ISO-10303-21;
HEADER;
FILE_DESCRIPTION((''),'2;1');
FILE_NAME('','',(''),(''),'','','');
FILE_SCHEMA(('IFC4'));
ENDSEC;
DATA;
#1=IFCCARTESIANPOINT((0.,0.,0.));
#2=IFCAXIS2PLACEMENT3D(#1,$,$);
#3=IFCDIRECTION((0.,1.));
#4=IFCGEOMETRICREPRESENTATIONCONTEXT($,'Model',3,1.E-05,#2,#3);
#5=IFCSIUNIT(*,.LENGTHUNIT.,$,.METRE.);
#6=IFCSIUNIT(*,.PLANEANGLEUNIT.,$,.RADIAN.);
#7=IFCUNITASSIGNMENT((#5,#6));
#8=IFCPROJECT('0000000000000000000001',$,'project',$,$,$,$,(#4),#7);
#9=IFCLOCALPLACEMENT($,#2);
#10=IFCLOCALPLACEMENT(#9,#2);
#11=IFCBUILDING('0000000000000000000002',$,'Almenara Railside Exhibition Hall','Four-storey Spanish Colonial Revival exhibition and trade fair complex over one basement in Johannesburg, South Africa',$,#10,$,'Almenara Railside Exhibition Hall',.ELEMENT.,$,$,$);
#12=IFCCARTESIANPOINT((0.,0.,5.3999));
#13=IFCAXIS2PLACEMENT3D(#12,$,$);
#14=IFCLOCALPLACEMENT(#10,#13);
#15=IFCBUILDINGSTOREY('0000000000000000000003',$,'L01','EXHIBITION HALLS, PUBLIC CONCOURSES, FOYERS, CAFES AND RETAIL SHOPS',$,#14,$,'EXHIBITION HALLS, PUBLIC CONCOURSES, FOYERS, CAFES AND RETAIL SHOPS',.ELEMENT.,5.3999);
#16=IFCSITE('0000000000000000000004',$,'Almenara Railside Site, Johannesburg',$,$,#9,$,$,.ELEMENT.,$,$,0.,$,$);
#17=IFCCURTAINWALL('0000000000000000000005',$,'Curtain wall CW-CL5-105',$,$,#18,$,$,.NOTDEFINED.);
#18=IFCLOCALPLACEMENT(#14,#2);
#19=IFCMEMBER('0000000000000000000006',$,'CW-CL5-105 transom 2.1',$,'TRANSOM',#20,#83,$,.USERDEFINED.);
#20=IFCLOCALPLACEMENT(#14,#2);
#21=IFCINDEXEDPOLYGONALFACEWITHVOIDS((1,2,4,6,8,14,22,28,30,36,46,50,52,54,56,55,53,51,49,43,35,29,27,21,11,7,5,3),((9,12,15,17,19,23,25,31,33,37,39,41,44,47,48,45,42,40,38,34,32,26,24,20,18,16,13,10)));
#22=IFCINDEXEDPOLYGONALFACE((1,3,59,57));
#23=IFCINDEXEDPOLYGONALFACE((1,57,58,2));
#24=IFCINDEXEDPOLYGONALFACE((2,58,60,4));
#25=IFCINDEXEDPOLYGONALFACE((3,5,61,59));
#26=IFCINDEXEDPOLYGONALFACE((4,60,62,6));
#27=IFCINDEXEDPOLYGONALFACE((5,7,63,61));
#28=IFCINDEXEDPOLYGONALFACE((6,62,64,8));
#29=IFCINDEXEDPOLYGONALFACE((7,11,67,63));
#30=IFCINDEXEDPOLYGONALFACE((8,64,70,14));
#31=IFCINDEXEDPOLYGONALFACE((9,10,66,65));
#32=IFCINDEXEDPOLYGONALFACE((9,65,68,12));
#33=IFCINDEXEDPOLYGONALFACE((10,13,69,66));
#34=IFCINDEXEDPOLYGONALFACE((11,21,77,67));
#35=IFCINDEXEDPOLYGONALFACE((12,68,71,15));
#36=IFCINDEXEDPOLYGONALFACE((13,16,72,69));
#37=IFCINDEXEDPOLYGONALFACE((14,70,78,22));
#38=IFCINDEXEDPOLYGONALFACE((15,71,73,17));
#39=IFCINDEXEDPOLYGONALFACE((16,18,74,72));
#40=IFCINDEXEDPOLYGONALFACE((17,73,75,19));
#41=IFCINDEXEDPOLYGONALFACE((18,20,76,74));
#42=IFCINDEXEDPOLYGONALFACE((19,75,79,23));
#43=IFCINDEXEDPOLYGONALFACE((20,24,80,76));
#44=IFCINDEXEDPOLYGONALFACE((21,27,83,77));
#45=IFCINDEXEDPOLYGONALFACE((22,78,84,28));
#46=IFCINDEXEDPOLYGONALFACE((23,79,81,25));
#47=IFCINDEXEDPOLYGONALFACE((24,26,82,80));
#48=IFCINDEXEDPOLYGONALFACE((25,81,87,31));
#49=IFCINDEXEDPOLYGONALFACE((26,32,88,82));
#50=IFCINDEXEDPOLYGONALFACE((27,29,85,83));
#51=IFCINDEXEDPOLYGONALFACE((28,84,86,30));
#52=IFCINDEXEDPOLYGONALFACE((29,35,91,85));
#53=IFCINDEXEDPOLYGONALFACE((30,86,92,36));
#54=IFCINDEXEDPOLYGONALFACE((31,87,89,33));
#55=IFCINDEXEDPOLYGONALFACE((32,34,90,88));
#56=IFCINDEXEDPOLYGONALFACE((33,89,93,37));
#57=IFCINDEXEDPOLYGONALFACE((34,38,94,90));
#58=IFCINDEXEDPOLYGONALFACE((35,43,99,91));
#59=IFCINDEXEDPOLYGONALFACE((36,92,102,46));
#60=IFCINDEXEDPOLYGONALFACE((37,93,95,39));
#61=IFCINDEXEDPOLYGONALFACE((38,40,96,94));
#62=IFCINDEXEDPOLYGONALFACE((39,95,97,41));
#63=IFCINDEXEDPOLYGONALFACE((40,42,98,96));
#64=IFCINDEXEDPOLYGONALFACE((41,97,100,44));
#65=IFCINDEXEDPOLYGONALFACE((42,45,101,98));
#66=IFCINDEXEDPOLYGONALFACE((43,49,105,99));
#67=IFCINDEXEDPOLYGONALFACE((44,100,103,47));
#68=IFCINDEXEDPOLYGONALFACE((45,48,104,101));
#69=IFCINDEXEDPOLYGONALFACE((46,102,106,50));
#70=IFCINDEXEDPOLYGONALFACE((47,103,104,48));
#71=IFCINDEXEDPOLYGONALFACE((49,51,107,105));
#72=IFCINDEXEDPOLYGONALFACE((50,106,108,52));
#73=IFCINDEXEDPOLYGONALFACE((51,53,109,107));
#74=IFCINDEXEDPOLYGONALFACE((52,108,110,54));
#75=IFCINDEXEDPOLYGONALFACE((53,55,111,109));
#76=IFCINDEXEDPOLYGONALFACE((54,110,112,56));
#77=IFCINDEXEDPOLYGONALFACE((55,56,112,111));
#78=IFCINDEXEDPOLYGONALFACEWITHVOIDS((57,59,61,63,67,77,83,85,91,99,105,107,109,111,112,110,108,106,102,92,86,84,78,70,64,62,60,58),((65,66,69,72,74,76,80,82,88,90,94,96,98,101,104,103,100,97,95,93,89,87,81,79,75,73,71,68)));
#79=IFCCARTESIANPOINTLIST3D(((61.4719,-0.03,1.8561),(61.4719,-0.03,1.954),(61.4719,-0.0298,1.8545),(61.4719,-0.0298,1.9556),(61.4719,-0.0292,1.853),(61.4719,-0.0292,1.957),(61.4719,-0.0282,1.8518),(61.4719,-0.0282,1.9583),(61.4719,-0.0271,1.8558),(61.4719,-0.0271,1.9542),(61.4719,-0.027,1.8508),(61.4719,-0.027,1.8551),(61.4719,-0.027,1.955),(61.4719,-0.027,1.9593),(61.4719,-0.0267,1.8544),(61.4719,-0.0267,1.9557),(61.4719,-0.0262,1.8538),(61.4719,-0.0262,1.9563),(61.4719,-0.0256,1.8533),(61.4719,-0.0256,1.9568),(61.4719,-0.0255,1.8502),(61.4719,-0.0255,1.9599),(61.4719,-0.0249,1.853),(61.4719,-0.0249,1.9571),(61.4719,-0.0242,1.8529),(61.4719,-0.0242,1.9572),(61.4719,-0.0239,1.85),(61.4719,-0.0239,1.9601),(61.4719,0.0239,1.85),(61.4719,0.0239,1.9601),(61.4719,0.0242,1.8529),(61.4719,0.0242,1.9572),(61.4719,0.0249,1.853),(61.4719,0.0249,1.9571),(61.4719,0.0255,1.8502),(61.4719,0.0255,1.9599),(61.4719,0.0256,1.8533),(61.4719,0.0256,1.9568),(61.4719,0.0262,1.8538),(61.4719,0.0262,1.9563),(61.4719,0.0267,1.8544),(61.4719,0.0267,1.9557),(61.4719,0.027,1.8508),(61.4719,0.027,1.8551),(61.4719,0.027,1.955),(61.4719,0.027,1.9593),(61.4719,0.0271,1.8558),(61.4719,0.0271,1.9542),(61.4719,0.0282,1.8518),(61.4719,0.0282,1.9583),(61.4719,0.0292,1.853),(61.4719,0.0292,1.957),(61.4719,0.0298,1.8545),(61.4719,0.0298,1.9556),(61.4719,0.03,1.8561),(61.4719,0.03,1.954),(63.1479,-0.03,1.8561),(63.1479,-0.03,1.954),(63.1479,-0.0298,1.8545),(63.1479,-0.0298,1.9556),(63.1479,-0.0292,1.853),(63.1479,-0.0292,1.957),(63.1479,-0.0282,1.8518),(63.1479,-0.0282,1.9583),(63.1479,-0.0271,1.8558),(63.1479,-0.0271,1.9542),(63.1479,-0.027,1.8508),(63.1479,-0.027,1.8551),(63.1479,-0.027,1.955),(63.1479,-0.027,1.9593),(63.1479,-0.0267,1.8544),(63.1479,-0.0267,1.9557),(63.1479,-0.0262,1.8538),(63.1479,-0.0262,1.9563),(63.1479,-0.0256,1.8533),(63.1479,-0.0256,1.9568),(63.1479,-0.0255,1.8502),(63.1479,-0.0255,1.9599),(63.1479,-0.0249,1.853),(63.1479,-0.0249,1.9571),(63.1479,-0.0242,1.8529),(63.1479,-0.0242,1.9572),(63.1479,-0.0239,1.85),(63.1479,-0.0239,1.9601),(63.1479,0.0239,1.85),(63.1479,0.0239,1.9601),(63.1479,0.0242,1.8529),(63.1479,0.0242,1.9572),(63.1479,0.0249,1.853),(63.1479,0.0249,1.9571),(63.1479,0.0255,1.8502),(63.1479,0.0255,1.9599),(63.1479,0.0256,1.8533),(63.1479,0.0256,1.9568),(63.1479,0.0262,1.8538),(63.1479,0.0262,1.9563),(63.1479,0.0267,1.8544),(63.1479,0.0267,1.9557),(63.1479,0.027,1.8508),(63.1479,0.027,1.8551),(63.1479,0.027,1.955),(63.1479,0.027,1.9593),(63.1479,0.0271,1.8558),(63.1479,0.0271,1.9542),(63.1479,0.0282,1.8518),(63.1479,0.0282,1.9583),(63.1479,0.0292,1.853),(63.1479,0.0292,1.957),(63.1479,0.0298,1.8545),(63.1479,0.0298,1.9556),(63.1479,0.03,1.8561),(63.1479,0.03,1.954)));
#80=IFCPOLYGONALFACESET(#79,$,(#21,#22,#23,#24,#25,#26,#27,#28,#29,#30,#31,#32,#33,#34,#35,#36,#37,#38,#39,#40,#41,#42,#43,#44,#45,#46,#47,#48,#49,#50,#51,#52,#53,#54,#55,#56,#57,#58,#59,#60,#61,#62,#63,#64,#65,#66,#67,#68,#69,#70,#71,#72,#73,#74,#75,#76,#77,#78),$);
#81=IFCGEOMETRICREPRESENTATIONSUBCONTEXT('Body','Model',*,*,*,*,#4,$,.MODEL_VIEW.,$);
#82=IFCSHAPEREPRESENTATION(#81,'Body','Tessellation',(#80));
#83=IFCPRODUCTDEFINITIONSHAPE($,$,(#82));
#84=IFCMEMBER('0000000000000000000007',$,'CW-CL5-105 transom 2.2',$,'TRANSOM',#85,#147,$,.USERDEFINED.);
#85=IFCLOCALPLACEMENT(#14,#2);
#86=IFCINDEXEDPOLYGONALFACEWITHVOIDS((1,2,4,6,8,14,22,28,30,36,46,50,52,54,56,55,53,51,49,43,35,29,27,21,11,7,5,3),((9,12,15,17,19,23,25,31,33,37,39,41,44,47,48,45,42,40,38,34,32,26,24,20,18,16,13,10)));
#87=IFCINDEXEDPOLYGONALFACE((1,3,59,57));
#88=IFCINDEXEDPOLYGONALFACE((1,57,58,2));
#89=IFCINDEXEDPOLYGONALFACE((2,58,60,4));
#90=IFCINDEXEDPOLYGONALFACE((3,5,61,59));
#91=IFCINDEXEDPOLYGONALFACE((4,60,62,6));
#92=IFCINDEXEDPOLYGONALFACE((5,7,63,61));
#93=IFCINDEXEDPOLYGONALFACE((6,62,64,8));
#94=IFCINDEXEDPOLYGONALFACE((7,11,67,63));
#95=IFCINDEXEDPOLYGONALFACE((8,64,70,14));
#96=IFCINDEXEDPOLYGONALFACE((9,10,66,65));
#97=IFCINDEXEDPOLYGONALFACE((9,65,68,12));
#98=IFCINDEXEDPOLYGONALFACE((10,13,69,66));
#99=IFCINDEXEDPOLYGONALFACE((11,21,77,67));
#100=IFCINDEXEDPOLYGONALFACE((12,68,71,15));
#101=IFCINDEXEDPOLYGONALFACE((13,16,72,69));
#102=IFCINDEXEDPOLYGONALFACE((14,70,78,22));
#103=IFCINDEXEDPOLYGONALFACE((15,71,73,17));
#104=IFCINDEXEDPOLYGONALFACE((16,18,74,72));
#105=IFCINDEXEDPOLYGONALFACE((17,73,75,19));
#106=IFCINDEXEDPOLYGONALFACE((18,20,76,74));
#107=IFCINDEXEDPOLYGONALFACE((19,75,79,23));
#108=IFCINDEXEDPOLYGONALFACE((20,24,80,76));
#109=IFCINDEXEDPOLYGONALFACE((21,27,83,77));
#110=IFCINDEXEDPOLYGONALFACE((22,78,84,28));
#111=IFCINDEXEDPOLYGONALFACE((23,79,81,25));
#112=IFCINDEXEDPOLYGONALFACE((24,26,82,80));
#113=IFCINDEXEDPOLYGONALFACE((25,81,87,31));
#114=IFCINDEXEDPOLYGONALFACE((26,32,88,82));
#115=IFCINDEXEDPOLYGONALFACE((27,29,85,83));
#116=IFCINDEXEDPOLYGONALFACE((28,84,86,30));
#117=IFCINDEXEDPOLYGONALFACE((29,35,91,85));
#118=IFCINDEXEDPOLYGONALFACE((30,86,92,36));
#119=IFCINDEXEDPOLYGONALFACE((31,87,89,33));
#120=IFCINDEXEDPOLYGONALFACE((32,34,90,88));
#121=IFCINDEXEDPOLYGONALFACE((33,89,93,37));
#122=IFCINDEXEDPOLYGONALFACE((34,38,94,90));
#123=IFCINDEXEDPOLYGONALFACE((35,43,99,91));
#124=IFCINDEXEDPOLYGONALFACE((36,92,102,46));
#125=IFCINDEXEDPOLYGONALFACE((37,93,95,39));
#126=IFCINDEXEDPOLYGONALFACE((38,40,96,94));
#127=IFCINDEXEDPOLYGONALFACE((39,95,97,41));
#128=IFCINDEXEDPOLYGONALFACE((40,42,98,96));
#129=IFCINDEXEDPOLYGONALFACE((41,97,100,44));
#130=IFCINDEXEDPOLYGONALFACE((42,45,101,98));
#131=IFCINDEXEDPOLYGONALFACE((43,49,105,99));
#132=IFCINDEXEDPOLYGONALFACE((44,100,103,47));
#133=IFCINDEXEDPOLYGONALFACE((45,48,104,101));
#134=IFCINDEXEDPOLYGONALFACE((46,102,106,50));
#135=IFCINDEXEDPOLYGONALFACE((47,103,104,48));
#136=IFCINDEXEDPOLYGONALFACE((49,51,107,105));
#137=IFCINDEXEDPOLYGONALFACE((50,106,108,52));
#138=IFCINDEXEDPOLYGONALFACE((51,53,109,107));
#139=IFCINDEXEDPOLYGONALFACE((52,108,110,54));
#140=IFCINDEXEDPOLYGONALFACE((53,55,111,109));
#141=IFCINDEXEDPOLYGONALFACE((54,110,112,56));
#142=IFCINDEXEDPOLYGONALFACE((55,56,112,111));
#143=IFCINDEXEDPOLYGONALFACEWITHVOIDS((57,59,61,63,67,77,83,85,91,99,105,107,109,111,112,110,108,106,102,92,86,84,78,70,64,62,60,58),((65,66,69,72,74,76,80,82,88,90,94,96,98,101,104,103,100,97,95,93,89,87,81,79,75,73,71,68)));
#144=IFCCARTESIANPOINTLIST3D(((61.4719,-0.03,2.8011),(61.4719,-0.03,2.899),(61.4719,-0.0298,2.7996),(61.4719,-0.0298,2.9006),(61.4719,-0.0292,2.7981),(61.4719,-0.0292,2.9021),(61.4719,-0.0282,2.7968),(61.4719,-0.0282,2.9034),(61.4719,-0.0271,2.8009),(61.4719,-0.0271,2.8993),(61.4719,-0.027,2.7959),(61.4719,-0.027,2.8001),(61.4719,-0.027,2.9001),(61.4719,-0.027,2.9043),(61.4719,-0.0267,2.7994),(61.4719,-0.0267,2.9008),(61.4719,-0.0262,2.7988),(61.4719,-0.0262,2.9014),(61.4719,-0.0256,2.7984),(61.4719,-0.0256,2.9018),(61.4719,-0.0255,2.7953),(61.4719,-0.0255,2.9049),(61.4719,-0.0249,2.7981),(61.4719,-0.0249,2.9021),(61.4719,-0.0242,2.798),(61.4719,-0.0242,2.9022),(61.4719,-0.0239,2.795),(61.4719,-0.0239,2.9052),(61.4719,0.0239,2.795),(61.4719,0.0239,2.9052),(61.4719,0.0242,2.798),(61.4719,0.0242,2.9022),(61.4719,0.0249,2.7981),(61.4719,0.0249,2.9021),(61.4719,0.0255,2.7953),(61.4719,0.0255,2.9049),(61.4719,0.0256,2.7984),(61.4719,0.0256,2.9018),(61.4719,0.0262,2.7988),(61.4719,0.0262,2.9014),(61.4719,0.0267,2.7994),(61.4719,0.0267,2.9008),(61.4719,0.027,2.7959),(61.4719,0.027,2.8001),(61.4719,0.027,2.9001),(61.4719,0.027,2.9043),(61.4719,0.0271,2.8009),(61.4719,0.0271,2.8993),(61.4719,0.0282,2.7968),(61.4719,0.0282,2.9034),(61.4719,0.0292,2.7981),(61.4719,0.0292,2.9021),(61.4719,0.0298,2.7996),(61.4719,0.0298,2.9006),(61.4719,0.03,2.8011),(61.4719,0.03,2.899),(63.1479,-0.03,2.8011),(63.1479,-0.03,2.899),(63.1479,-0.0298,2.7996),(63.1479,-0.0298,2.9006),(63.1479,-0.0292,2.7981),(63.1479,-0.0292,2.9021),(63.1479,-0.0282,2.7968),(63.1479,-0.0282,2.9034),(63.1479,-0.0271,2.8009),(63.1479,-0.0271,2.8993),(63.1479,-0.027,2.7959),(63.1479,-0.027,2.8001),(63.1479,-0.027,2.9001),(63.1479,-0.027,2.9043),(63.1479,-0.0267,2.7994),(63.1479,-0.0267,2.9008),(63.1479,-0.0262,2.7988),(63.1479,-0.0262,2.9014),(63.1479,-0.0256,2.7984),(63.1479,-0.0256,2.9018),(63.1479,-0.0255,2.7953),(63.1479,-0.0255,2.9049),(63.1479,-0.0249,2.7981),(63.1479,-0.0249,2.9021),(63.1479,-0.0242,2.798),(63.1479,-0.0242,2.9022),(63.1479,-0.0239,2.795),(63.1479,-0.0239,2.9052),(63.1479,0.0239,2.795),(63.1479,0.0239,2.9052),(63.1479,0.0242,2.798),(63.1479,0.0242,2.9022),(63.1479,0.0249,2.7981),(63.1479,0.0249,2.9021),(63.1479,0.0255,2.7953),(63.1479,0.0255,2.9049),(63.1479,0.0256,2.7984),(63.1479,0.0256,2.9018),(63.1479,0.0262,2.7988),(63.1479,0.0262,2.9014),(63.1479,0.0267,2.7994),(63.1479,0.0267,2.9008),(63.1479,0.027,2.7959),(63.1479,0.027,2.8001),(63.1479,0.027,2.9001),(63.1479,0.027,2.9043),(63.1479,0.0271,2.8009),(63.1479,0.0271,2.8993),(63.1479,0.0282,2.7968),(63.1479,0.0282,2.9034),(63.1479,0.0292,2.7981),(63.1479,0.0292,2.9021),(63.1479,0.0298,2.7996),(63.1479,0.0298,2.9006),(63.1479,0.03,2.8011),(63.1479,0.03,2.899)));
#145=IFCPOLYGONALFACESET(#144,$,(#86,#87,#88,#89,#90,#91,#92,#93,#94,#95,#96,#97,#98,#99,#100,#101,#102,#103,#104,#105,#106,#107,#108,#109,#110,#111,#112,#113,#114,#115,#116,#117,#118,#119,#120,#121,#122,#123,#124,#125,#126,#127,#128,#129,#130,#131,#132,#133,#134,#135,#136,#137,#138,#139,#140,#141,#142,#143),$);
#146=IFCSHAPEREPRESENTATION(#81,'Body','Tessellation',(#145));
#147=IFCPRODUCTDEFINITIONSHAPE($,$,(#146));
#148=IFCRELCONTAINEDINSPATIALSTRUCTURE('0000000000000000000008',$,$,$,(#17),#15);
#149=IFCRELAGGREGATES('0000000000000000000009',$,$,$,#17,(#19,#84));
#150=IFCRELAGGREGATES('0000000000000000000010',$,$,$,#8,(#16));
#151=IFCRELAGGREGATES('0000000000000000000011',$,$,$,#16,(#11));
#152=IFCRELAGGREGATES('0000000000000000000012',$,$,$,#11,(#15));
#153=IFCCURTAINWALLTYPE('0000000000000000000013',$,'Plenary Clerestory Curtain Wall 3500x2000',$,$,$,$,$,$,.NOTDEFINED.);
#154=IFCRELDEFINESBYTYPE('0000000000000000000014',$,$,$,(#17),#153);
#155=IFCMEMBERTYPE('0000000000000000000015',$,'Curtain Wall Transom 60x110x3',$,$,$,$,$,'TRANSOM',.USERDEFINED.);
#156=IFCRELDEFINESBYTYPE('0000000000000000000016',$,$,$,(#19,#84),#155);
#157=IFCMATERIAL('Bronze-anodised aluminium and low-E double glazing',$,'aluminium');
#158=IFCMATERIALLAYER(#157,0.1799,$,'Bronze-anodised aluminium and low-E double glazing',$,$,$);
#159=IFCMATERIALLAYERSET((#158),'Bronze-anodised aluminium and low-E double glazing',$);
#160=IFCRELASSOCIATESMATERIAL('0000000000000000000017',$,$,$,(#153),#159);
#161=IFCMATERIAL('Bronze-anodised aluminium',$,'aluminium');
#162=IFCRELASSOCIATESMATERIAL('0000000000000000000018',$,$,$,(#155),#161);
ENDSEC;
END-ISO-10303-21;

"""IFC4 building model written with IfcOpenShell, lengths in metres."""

from ifc_helpers import new_model, si_unit, direction, frame, origin, origin_2d, place, context, subcontext, project, spatial, hollow_rectangle, extrude, material, layer, layer_set, material_profile, profile_set, type_object, element, aggregate, save


model = new_model("IFC4")

# Units and contexts
model_context = context("Model", 3, precision=1e-05, world=origin(), true_north=direction((0.0, 1.0)))
body_context = subcontext(model_context, "Body", "Model", "MODEL_VIEW")
ifc_project = project(units=[si_unit("LENGTHUNIT", "METRE"), si_unit("PLANEANGLEUNIT", "RADIAN")], contexts=[model_context])

# Site, building, storey
site_placement = place(None, origin())
site = spatial("IfcSite", under=ifc_project, at=site_placement, Name="Almenara Railside Site, Johannesburg", CompositionType="ELEMENT", RefElevation=0.0)
building_placement = place(site_placement, origin())
building = spatial("IfcBuilding", under=site, at=building_placement, Name="Almenara Railside Exhibition Hall", Description="Four-storey Spanish Colonial Revival exhibition and trade fair complex over one basement in Johannesburg, South Africa", LongName="Almenara Railside Exhibition Hall", CompositionType="ELEMENT")
storey_placement = place(building_placement, frame((0.0, 0.0, 5.3999)))
storey = spatial("IfcBuildingStorey", under=building, at=storey_placement, Name="L01", Description="EXHIBITION HALLS, PUBLIC CONCOURSES, FOYERS, CAFES AND RETAIL SHOPS", LongName="EXHIBITION HALLS, PUBLIC CONCOURSES, FOYERS, CAFES AND RETAIL SHOPS", CompositionType="ELEMENT", Elevation=5.3999)

# Curtain wall
ifc_material_1 = material(Name="Bronze-anodised aluminium and low-E double glazing", Category="aluminium")
ifc_layer_1 = layer(ifc_material_1, 0.1799, Name="Bronze-anodised aluminium and low-E double glazing")
ifc_layer_set_1 = layer_set([ifc_layer_1], Name="Bronze-anodised aluminium and low-E double glazing")
curtain_wall_type_1 = type_object("IfcCurtainWallType", Name="Plenary Clerestory Curtain Wall 3500x2000", PredefinedType="NOTDEFINED", material=ifc_layer_set_1)
curtain_wall_1_placement = place(storey_placement, origin())
curtain_wall_1 = element("IfcCurtainWall", 1, at=curtain_wall_1_placement, inside=storey, type_object=curtain_wall_type_1, Name="Curtain wall CW-CL5-105", PredefinedType="NOTDEFINED")
ifc_material_2 = material(Name="Bronze-anodised aluminium", Category="aluminium")

# Members
ifc_material_profile_1 = material_profile(ifc_material_2, hollow_rectangle(XDim=0.0601, YDim=0.1101, WallThickness=0.0029, InnerFilletRadius=0.0029, OuterFilletRadius=0.0061, at=origin_2d()), Name="ALU-TRN 60x110x3")
ifc_profile_set_1 = profile_set([ifc_material_profile_1], Name="Bronze-anodised aluminium")
member_type_1 = type_object("IfcMemberType", Name="Curtain Wall Transom 60x110x3", ElementType="TRANSOM", PredefinedType="USERDEFINED", material=ifc_profile_set_1)
member_1_placement = place(storey_placement, frame((61.4719, 0.0, 1.905), z_axis=(1.0, 0.0, 0.0), x_axis=(0.0, 1.0, 0.0)))
member_1 = element("IfcMember", 2, at=member_1_placement, type_object=member_type_1, Name="CW-CL5-105 transom 2.1", ObjectType="TRANSOM", PredefinedType="USERDEFINED", context=body_context, shape_type="SweptSolid", body=[
    extrude(hollow_rectangle(XDim=0.0601, YDim=0.1101, WallThickness=0.0029, InnerFilletRadius=0.0029, OuterFilletRadius=0.0061, at=origin_2d()), origin(), (0.0, 0.0, 1.0), 1.676),
])
member_2_placement = place(storey_placement, frame((61.4719, 0.0, 2.8501), z_axis=(1.0, 0.0, 0.0), x_axis=(0.0, 1.0, 0.0)))
member_2 = element("IfcMember", 3, at=member_2_placement, type_object=member_type_1, Name="CW-CL5-105 transom 2.2", ObjectType="TRANSOM", PredefinedType="USERDEFINED", context=body_context, shape_type="SweptSolid", body=[
    extrude(hollow_rectangle(XDim=0.0601, YDim=0.1101, WallThickness=0.0029, InnerFilletRadius=0.0029, OuterFilletRadius=0.0061, at=origin_2d()), origin(), (0.0, 0.0, 1.0), 1.676),
])

aggregate(curtain_wall_1, [member_1, member_2])

save(model, "model.ifc")
